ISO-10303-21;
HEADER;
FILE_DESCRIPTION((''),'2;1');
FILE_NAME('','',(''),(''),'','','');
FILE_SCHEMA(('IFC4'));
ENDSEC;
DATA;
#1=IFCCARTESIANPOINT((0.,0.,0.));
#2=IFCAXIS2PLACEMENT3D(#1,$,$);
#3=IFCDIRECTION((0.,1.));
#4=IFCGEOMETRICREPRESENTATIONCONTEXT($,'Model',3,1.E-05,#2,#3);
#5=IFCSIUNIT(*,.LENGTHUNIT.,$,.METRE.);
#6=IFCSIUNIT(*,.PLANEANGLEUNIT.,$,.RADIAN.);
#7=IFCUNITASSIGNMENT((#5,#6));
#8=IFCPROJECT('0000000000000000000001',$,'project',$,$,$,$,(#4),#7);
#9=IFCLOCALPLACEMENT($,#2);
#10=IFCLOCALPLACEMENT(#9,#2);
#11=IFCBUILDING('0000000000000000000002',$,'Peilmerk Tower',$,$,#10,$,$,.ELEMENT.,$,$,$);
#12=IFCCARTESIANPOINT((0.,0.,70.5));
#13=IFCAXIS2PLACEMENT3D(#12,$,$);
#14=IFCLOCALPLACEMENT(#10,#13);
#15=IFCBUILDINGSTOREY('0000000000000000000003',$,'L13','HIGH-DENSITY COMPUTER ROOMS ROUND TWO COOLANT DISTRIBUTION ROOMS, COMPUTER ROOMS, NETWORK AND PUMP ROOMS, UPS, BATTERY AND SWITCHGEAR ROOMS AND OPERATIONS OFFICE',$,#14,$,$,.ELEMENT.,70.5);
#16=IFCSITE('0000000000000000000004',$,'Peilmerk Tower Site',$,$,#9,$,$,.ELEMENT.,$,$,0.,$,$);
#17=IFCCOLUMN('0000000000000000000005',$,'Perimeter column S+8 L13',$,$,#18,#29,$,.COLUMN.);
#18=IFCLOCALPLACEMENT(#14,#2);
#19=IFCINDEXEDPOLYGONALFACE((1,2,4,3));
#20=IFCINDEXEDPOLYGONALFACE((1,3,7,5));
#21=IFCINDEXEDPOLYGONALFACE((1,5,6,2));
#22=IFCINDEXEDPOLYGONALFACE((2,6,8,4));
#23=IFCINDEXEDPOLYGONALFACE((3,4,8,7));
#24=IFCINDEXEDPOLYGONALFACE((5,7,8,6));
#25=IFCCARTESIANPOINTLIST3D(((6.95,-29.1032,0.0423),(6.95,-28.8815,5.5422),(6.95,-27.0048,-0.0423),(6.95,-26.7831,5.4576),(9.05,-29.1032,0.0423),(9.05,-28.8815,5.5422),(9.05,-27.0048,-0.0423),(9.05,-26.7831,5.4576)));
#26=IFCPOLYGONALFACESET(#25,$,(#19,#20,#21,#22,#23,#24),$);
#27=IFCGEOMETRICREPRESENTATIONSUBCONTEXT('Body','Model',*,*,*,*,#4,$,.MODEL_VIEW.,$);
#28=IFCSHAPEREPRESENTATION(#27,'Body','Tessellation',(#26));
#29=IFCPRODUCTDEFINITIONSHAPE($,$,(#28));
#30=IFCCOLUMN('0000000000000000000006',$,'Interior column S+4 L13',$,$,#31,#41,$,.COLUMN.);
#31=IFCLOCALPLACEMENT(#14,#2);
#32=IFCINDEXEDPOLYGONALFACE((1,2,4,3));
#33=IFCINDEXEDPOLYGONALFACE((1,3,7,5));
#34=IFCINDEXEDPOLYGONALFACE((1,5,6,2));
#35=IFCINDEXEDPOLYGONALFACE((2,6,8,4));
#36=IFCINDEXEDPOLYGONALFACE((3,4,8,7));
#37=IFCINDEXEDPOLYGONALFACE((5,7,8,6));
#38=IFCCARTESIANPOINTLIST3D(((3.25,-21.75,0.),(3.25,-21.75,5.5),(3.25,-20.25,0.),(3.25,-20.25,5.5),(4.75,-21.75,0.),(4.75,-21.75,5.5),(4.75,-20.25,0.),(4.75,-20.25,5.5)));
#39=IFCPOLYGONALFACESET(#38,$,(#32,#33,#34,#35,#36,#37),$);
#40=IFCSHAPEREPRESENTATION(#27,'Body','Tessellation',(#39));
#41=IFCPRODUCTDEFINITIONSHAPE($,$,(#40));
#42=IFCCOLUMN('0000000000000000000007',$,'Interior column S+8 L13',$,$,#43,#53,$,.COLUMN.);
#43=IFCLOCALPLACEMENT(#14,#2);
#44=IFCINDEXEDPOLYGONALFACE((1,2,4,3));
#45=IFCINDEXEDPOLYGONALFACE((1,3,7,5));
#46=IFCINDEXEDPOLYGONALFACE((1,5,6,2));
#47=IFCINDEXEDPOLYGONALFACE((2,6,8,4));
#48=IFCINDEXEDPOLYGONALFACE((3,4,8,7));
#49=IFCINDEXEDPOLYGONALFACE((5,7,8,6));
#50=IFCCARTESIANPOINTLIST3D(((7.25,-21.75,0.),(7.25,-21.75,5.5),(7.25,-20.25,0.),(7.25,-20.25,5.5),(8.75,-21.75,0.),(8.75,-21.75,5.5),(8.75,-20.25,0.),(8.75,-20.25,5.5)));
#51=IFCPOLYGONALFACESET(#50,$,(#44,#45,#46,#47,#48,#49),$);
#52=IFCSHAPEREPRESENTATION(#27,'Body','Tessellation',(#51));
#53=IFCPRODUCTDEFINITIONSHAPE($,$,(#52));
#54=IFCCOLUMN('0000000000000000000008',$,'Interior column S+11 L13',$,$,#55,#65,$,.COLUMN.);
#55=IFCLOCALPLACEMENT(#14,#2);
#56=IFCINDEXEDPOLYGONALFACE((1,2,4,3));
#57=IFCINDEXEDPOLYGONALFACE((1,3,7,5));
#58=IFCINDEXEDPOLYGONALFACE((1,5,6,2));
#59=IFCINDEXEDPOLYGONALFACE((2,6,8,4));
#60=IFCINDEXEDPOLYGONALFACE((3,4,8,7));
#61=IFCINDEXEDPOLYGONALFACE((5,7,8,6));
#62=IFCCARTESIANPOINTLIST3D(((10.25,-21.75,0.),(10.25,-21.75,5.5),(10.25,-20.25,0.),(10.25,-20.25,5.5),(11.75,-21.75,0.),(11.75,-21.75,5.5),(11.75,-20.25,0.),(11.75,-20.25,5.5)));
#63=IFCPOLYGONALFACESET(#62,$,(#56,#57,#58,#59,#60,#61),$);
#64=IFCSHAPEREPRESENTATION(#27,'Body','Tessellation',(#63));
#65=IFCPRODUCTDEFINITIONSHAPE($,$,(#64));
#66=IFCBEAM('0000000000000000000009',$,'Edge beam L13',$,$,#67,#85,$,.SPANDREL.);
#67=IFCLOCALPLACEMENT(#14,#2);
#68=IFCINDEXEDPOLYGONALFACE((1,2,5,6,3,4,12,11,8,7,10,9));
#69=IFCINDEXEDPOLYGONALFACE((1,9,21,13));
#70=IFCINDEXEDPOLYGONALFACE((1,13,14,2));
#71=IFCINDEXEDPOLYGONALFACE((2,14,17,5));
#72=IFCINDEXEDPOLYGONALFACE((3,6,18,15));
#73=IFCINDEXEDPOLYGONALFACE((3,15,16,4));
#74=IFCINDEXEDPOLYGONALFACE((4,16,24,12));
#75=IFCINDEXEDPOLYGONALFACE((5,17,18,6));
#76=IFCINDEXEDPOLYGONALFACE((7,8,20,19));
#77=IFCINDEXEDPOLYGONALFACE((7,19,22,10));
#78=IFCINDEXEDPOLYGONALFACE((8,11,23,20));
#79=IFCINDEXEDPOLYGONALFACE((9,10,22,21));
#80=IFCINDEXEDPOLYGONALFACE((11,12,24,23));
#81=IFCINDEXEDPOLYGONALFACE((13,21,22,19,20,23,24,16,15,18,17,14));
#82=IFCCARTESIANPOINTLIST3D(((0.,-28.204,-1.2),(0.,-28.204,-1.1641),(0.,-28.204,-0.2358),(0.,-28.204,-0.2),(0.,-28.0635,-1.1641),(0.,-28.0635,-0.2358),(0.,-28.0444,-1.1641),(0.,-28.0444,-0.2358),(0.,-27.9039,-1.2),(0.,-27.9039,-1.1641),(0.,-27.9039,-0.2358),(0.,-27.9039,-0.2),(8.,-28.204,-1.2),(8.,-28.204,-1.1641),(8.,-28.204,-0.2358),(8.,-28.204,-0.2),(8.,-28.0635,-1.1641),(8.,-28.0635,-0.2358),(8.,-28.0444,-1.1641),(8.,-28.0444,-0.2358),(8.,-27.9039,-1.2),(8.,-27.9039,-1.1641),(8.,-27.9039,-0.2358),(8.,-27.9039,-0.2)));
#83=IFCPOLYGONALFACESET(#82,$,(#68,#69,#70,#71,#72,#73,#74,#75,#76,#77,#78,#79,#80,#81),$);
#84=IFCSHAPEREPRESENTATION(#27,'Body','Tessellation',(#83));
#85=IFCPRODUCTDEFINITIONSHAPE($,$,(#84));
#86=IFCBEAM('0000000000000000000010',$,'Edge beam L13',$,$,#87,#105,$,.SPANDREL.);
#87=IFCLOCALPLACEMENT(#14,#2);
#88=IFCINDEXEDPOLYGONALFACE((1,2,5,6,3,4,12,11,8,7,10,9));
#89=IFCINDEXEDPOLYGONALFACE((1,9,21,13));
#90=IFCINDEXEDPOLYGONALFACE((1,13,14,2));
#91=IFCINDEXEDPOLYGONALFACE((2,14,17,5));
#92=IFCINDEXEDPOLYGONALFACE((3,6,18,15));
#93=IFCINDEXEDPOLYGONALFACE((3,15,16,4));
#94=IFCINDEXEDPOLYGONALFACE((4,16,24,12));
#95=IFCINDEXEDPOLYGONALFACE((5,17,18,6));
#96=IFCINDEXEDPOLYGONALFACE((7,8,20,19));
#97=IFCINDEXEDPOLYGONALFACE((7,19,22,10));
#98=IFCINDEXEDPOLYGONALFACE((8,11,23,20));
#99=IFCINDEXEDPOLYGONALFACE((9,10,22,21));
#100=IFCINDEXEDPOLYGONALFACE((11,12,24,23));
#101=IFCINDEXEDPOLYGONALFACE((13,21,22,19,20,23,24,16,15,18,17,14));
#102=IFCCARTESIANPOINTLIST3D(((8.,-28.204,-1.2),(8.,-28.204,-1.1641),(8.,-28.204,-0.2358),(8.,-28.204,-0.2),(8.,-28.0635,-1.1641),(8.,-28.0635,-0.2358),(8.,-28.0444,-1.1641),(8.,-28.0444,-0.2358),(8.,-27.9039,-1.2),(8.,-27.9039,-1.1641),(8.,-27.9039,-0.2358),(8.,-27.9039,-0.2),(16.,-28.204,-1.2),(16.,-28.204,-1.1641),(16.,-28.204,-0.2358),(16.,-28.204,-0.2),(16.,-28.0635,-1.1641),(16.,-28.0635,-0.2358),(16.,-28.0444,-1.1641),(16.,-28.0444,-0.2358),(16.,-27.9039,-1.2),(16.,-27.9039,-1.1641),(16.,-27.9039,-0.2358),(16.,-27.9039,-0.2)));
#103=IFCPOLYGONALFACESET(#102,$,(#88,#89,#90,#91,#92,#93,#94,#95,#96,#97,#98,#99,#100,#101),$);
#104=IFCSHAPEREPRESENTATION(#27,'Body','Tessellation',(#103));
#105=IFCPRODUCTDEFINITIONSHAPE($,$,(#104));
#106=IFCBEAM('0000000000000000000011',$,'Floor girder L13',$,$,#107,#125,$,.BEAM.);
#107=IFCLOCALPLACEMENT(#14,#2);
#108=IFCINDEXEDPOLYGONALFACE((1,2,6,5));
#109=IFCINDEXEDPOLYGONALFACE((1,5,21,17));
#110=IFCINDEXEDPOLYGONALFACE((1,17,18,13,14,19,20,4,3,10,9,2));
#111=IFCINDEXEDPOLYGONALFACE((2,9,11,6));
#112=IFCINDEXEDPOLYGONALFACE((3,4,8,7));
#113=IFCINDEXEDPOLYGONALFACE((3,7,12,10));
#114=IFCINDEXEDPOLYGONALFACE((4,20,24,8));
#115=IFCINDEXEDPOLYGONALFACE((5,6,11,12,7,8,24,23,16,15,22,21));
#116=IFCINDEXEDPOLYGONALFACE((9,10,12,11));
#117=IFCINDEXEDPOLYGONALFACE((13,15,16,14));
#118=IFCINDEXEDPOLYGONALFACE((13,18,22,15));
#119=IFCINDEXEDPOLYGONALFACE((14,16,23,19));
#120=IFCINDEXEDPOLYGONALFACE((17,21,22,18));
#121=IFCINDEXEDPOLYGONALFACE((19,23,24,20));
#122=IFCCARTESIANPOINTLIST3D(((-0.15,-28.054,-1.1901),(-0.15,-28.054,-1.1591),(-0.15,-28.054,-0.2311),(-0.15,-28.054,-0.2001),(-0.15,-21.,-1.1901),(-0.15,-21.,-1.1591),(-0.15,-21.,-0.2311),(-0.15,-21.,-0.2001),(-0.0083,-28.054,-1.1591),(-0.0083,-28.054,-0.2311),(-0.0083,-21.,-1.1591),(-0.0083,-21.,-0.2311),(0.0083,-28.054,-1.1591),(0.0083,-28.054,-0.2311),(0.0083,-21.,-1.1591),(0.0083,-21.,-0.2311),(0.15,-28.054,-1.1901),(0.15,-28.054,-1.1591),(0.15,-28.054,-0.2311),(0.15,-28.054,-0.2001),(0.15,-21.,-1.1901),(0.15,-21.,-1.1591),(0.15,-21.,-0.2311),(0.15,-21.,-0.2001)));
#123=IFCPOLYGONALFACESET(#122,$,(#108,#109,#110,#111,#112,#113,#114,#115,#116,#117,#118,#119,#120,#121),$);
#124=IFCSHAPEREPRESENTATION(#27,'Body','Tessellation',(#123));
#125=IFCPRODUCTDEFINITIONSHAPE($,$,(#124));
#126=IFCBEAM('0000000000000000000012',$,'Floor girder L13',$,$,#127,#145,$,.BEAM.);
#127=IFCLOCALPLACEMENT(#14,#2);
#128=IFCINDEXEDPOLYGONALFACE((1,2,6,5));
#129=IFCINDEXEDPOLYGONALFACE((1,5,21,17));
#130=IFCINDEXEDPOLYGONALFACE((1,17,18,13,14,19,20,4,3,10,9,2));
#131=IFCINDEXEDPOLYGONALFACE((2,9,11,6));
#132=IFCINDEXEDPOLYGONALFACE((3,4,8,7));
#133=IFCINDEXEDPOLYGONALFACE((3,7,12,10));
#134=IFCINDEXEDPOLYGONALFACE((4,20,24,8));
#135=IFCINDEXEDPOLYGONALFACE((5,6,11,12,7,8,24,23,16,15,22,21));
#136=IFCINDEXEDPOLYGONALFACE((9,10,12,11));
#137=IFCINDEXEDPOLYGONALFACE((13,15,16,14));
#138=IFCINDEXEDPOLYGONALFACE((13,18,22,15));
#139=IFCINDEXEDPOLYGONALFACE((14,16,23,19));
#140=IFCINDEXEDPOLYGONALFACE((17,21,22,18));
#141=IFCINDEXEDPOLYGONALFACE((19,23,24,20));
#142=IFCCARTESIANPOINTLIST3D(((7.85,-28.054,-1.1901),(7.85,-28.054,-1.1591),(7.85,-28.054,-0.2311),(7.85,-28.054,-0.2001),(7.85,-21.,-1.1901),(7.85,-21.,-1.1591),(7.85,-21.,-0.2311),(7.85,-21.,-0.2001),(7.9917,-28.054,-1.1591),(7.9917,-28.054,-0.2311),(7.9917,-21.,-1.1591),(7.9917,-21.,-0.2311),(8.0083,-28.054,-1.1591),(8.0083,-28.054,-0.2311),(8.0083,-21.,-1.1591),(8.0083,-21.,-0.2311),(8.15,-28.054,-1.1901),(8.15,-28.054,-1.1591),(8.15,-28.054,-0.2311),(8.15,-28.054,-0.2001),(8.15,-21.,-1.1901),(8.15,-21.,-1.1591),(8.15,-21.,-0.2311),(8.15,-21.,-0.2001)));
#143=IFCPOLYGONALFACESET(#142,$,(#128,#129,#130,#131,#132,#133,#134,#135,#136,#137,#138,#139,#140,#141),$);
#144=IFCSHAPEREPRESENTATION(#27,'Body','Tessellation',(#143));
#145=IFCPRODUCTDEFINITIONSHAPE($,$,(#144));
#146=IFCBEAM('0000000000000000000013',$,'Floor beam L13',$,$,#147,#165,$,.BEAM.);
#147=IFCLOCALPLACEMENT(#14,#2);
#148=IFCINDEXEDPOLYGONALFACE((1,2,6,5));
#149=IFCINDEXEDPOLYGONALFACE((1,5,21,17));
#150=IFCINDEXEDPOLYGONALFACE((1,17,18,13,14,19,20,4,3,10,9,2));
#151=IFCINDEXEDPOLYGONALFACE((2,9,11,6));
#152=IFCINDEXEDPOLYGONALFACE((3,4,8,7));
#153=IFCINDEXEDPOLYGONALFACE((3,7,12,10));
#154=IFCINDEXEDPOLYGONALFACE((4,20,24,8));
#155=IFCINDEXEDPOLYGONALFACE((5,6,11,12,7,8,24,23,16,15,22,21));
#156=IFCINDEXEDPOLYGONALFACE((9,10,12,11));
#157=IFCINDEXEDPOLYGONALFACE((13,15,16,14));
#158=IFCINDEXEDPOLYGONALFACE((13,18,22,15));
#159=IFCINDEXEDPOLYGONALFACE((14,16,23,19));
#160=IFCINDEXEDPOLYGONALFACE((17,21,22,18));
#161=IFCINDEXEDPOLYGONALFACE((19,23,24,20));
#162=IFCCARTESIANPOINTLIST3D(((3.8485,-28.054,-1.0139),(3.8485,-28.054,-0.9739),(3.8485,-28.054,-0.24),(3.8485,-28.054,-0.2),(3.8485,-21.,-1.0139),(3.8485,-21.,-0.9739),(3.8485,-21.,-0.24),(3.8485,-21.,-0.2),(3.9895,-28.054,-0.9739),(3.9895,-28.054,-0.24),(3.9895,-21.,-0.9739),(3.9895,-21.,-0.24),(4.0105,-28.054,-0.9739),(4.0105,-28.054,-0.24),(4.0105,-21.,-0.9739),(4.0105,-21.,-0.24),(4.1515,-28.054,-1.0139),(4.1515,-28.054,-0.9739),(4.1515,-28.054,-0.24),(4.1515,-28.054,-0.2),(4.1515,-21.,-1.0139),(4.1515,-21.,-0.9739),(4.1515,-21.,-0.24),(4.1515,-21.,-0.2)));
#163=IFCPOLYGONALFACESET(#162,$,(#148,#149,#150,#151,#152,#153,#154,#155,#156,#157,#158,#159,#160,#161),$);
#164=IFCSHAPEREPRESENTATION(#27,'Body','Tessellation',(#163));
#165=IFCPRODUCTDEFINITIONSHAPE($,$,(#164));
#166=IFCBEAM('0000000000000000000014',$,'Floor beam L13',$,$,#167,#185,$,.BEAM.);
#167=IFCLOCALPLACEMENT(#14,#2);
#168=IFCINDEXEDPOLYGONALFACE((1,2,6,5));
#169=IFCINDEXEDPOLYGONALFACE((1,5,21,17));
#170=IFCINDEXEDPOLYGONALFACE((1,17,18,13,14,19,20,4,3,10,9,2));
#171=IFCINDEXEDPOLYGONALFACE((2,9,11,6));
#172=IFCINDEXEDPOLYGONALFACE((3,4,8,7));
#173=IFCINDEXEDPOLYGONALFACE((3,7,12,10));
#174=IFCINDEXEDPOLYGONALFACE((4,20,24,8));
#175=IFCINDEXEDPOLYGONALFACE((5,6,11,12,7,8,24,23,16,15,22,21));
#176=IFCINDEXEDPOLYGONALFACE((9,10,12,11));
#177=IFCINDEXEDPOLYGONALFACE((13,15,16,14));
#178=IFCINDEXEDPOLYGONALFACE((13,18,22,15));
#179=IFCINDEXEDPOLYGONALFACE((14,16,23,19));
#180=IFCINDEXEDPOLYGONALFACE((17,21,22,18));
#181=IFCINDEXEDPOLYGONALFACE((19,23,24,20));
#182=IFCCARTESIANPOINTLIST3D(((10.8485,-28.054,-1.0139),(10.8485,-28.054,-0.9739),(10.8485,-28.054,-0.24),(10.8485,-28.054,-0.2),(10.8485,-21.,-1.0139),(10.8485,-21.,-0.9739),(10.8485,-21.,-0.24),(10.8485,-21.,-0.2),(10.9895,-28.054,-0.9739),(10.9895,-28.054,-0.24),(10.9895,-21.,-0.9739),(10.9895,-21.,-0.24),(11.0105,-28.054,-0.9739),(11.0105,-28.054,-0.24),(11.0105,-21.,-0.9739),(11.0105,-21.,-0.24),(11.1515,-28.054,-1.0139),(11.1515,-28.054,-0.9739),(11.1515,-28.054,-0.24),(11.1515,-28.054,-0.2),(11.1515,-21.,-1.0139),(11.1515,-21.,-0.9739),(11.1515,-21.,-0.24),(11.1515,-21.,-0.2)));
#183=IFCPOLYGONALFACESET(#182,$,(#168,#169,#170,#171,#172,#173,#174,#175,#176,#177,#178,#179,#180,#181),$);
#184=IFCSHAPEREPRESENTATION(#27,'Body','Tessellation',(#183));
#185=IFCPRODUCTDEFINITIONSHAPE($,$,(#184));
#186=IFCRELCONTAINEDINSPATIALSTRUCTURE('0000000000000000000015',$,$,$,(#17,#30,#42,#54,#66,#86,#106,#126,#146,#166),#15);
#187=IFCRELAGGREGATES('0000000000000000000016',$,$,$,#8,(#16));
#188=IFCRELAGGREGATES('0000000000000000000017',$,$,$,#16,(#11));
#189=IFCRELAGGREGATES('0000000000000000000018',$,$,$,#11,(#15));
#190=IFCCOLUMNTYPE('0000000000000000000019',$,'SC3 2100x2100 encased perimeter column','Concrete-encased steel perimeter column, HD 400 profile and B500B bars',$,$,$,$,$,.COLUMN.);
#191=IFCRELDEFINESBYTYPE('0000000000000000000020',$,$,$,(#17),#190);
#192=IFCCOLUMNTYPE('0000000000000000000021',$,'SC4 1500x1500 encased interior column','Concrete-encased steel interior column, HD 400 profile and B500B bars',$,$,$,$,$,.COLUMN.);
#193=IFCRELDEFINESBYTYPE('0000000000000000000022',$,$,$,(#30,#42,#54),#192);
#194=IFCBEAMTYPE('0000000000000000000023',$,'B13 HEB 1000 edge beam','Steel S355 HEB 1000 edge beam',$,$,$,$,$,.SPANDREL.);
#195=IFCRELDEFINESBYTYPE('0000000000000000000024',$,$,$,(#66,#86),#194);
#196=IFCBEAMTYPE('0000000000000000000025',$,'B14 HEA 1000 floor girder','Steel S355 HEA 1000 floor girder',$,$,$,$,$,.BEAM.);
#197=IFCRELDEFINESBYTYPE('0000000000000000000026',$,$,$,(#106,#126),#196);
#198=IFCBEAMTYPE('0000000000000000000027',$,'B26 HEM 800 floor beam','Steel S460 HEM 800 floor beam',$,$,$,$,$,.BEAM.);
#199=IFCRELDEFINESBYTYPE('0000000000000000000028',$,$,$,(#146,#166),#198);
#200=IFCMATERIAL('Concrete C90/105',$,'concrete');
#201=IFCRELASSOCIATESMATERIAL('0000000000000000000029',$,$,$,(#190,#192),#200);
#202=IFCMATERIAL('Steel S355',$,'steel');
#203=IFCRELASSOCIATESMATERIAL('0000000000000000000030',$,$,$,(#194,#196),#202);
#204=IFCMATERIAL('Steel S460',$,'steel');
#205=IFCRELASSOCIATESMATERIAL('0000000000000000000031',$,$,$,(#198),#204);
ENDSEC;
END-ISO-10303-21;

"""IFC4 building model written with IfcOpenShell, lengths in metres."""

from ifc_helpers import new_model, si_unit, direction, frame, origin, origin_2d, place, context, subcontext, project, spatial, rectangle, i_section, extrude, material, material_profile, profile_set, type_object, element, save


model = new_model("IFC4")

# Units and contexts
model_context = context("Model", 3, precision=1e-05, world=origin(), true_north=direction((0.0, 1.0)))
body_context = subcontext(model_context, "Body", "Model", "MODEL_VIEW")
ifc_project = project(units=[si_unit("LENGTHUNIT", "METRE"), si_unit("PLANEANGLEUNIT", "RADIAN")], contexts=[model_context])

# Site, building, storey
site_placement = place(None, origin())
site = spatial("IfcSite", under=ifc_project, at=site_placement, Name="Peilmerk Tower Site", CompositionType="ELEMENT", RefElevation=0.0)
building_placement = place(site_placement, origin())
building = spatial("IfcBuilding", under=site, at=building_placement, Name="Peilmerk Tower", CompositionType="ELEMENT")
storey_placement = place(building_placement, frame((0.0, 0.0, 70.5)))
storey = spatial("IfcBuildingStorey", under=building, at=storey_placement, Name="L13", Description="HIGH-DENSITY COMPUTER ROOMS ROUND TWO COOLANT DISTRIBUTION ROOMS, COMPUTER ROOMS, NETWORK AND PUMP ROOMS, UPS, BATTERY AND SWITCHGEAR ROOMS AND OPERATIONS OFFICE", CompositionType="ELEMENT", Elevation=70.5)

# Columns
ifc_material_1 = material(Name="Concrete C90/105", Category="concrete")
ifc_material_profile_1 = material_profile(ifc_material_1, rectangle(XDim=2.1001, YDim=2.1001, at=origin_2d()), Name="RC 2100x2100")
ifc_profile_set_1 = profile_set([ifc_material_profile_1], Name="Concrete C90/105")
column_type_1 = type_object("IfcColumnType", Name="SC3 2100x2100 encased perimeter column", Description="Concrete-encased steel perimeter column, HD 400 profile and B500B bars", PredefinedType="COLUMN", material=ifc_profile_set_1)
column_placement = place(storey_placement, frame((8.0, -28.054, 0.0), z_axis=(0.0, 0.040273, 0.999189), x_axis=(-1.0, 0.0, 0.0)))
element("IfcColumn", 1, at=column_placement, inside=storey, type_object=column_type_1, Name="Perimeter column S+8 L13", PredefinedType="COLUMN", context=body_context, shape_type="SweptSolid", body=[
    extrude(rectangle(XDim=2.1001, YDim=2.1001, at=origin_2d()), origin(), (0.0, 0.0, 1.0), 5.5044),
])
ifc_material_profile_2 = material_profile(ifc_material_1, rectangle(XDim=1.5, YDim=1.5, at=origin_2d()), Name="RC 1500x1500")
ifc_profile_set_2 = profile_set([ifc_material_profile_2], Name="Concrete C90/105")
column_type_2 = type_object("IfcColumnType", Name="SC4 1500x1500 encased interior column", Description="Concrete-encased steel interior column, HD 400 profile and B500B bars", PredefinedType="COLUMN", material=ifc_profile_set_2)
for number, where, z_axis, x_axis, name in (
    (2, (4.0, -21.0, 0.0), (0.0, 0.0, 1.0), (1.0, 0.0, 0.0), "Interior column S+4 L13"),
    (3, (8.0, -21.0, 0.0), (0.0, 0.0, 1.0), (1.0, 0.0, 0.0), "Interior column S+8 L13"),
    (4, (11.0, -21.0, 0.0), (0.0, 0.0, 1.0), (1.0, 0.0, 0.0), "Interior column S+11 L13"),
):
    element("IfcColumn", number, at=place(storey_placement, frame(where, z_axis=z_axis, x_axis=x_axis)), inside=storey, type_object=column_type_2, Name=name, PredefinedType="COLUMN", context=body_context, shape_type="SweptSolid", body=[
        extrude(rectangle(XDim=1.5, YDim=1.5, at=origin_2d()), origin(), (0.0, 0.0, 1.0), 5.5),
    ])

# Beams
ifc_material_2 = material(Name="Steel S355", Category="steel")
ifc_material_profile_3 = material_profile(ifc_material_2, i_section(OverallWidth=0.3, OverallDepth=1.0, WebThickness=0.019, FlangeThickness=0.0359, at=origin_2d()), Name="HEB 1000")
ifc_profile_set_3 = profile_set([ifc_material_profile_3], Name="Steel S355")
beam_type_1 = type_object("IfcBeamType", Name="B13 HEB 1000 edge beam", Description="Steel S355 HEB 1000 edge beam", PredefinedType="SPANDREL", material=ifc_profile_set_3)
for number, where, z_axis, x_axis, name in (
    (5, (0.0, -28.054, -0.7), (1.0, 0.0, 0.0), (0.0, 1.0, 0.0), "Edge beam L13"),
    (6, (8.0, -28.054, -0.7), (1.0, 0.0, 0.0), (0.0, 1.0, 0.0), "Edge beam L13"),
):
    element("IfcBeam", number, at=place(storey_placement, frame(where, z_axis=z_axis, x_axis=x_axis)), inside=storey, type_object=beam_type_1, Name=name, PredefinedType="SPANDREL", context=body_context, shape_type="SweptSolid", body=[
        extrude(i_section(OverallWidth=0.3, OverallDepth=1.0, WebThickness=0.019, FlangeThickness=0.0359, at=origin_2d()), origin(), (0.0, 0.0, 1.0), 8.0),
    ])
ifc_material_profile_4 = material_profile(ifc_material_2, i_section(OverallWidth=0.3, OverallDepth=0.99, WebThickness=0.0166, FlangeThickness=0.031, at=origin_2d()), Name="HEA 1000")
ifc_profile_set_4 = profile_set([ifc_material_profile_4], Name="Steel S355")
beam_type_2 = type_object("IfcBeamType", Name="B14 HEA 1000 floor girder", Description="Steel S355 HEA 1000 floor girder", PredefinedType="BEAM", material=ifc_profile_set_4)
for number, where, z_axis, x_axis, name in (
    (7, (0.0, -21.0, -0.6951), (0.0, -1.0, 0.0), (1.0, 0.0, 0.0), "Floor girder L13"),
    (8, (8.0, -21.0, -0.6951), (0.0, -1.0, 0.0), (1.0, 0.0, 0.0), "Floor girder L13"),
):
    element("IfcBeam", number, at=place(storey_placement, frame(where, z_axis=z_axis, x_axis=x_axis)), inside=storey, type_object=beam_type_2, Name=name, PredefinedType="BEAM", context=body_context, shape_type="SweptSolid", body=[
        extrude(i_section(OverallWidth=0.3, OverallDepth=0.99, WebThickness=0.0166, FlangeThickness=0.031, at=origin_2d()), origin(), (0.0, 0.0, 1.0), 7.054),
    ])
ifc_material_3 = material(Name="Steel S460", Category="steel")
ifc_material_profile_5 = material_profile(ifc_material_3, i_section(OverallWidth=0.303, OverallDepth=0.814, WebThickness=0.021, FlangeThickness=0.04, at=origin_2d()), Name="HEM 800")
ifc_profile_set_5 = profile_set([ifc_material_profile_5], Name="Steel S460")
beam_type_3 = type_object("IfcBeamType", Name="B26 HEM 800 floor beam", Description="Steel S460 HEM 800 floor beam", PredefinedType="BEAM", material=ifc_profile_set_5)
for number, where, z_axis, x_axis, name in (
    (9, (4.0, -21.0, -0.6069), (0.0, -1.0, 0.0), (1.0, 0.0, 0.0), "Floor beam L13"),
    (10, (11.0, -21.0, -0.6069), (0.0, -1.0, 0.0), (1.0, 0.0, 0.0), "Floor beam L13"),
):
    element("IfcBeam", number, at=place(storey_placement, frame(where, z_axis=z_axis, x_axis=x_axis)), inside=storey, type_object=beam_type_3, Name=name, PredefinedType="BEAM", context=body_context, shape_type="SweptSolid", body=[
        extrude(i_section(OverallWidth=0.303, OverallDepth=0.814, WebThickness=0.021, FlangeThickness=0.04, at=origin_2d()), origin(), (0.0, 0.0, 1.0), 7.054),
    ])

save(model, "model.ifc")
